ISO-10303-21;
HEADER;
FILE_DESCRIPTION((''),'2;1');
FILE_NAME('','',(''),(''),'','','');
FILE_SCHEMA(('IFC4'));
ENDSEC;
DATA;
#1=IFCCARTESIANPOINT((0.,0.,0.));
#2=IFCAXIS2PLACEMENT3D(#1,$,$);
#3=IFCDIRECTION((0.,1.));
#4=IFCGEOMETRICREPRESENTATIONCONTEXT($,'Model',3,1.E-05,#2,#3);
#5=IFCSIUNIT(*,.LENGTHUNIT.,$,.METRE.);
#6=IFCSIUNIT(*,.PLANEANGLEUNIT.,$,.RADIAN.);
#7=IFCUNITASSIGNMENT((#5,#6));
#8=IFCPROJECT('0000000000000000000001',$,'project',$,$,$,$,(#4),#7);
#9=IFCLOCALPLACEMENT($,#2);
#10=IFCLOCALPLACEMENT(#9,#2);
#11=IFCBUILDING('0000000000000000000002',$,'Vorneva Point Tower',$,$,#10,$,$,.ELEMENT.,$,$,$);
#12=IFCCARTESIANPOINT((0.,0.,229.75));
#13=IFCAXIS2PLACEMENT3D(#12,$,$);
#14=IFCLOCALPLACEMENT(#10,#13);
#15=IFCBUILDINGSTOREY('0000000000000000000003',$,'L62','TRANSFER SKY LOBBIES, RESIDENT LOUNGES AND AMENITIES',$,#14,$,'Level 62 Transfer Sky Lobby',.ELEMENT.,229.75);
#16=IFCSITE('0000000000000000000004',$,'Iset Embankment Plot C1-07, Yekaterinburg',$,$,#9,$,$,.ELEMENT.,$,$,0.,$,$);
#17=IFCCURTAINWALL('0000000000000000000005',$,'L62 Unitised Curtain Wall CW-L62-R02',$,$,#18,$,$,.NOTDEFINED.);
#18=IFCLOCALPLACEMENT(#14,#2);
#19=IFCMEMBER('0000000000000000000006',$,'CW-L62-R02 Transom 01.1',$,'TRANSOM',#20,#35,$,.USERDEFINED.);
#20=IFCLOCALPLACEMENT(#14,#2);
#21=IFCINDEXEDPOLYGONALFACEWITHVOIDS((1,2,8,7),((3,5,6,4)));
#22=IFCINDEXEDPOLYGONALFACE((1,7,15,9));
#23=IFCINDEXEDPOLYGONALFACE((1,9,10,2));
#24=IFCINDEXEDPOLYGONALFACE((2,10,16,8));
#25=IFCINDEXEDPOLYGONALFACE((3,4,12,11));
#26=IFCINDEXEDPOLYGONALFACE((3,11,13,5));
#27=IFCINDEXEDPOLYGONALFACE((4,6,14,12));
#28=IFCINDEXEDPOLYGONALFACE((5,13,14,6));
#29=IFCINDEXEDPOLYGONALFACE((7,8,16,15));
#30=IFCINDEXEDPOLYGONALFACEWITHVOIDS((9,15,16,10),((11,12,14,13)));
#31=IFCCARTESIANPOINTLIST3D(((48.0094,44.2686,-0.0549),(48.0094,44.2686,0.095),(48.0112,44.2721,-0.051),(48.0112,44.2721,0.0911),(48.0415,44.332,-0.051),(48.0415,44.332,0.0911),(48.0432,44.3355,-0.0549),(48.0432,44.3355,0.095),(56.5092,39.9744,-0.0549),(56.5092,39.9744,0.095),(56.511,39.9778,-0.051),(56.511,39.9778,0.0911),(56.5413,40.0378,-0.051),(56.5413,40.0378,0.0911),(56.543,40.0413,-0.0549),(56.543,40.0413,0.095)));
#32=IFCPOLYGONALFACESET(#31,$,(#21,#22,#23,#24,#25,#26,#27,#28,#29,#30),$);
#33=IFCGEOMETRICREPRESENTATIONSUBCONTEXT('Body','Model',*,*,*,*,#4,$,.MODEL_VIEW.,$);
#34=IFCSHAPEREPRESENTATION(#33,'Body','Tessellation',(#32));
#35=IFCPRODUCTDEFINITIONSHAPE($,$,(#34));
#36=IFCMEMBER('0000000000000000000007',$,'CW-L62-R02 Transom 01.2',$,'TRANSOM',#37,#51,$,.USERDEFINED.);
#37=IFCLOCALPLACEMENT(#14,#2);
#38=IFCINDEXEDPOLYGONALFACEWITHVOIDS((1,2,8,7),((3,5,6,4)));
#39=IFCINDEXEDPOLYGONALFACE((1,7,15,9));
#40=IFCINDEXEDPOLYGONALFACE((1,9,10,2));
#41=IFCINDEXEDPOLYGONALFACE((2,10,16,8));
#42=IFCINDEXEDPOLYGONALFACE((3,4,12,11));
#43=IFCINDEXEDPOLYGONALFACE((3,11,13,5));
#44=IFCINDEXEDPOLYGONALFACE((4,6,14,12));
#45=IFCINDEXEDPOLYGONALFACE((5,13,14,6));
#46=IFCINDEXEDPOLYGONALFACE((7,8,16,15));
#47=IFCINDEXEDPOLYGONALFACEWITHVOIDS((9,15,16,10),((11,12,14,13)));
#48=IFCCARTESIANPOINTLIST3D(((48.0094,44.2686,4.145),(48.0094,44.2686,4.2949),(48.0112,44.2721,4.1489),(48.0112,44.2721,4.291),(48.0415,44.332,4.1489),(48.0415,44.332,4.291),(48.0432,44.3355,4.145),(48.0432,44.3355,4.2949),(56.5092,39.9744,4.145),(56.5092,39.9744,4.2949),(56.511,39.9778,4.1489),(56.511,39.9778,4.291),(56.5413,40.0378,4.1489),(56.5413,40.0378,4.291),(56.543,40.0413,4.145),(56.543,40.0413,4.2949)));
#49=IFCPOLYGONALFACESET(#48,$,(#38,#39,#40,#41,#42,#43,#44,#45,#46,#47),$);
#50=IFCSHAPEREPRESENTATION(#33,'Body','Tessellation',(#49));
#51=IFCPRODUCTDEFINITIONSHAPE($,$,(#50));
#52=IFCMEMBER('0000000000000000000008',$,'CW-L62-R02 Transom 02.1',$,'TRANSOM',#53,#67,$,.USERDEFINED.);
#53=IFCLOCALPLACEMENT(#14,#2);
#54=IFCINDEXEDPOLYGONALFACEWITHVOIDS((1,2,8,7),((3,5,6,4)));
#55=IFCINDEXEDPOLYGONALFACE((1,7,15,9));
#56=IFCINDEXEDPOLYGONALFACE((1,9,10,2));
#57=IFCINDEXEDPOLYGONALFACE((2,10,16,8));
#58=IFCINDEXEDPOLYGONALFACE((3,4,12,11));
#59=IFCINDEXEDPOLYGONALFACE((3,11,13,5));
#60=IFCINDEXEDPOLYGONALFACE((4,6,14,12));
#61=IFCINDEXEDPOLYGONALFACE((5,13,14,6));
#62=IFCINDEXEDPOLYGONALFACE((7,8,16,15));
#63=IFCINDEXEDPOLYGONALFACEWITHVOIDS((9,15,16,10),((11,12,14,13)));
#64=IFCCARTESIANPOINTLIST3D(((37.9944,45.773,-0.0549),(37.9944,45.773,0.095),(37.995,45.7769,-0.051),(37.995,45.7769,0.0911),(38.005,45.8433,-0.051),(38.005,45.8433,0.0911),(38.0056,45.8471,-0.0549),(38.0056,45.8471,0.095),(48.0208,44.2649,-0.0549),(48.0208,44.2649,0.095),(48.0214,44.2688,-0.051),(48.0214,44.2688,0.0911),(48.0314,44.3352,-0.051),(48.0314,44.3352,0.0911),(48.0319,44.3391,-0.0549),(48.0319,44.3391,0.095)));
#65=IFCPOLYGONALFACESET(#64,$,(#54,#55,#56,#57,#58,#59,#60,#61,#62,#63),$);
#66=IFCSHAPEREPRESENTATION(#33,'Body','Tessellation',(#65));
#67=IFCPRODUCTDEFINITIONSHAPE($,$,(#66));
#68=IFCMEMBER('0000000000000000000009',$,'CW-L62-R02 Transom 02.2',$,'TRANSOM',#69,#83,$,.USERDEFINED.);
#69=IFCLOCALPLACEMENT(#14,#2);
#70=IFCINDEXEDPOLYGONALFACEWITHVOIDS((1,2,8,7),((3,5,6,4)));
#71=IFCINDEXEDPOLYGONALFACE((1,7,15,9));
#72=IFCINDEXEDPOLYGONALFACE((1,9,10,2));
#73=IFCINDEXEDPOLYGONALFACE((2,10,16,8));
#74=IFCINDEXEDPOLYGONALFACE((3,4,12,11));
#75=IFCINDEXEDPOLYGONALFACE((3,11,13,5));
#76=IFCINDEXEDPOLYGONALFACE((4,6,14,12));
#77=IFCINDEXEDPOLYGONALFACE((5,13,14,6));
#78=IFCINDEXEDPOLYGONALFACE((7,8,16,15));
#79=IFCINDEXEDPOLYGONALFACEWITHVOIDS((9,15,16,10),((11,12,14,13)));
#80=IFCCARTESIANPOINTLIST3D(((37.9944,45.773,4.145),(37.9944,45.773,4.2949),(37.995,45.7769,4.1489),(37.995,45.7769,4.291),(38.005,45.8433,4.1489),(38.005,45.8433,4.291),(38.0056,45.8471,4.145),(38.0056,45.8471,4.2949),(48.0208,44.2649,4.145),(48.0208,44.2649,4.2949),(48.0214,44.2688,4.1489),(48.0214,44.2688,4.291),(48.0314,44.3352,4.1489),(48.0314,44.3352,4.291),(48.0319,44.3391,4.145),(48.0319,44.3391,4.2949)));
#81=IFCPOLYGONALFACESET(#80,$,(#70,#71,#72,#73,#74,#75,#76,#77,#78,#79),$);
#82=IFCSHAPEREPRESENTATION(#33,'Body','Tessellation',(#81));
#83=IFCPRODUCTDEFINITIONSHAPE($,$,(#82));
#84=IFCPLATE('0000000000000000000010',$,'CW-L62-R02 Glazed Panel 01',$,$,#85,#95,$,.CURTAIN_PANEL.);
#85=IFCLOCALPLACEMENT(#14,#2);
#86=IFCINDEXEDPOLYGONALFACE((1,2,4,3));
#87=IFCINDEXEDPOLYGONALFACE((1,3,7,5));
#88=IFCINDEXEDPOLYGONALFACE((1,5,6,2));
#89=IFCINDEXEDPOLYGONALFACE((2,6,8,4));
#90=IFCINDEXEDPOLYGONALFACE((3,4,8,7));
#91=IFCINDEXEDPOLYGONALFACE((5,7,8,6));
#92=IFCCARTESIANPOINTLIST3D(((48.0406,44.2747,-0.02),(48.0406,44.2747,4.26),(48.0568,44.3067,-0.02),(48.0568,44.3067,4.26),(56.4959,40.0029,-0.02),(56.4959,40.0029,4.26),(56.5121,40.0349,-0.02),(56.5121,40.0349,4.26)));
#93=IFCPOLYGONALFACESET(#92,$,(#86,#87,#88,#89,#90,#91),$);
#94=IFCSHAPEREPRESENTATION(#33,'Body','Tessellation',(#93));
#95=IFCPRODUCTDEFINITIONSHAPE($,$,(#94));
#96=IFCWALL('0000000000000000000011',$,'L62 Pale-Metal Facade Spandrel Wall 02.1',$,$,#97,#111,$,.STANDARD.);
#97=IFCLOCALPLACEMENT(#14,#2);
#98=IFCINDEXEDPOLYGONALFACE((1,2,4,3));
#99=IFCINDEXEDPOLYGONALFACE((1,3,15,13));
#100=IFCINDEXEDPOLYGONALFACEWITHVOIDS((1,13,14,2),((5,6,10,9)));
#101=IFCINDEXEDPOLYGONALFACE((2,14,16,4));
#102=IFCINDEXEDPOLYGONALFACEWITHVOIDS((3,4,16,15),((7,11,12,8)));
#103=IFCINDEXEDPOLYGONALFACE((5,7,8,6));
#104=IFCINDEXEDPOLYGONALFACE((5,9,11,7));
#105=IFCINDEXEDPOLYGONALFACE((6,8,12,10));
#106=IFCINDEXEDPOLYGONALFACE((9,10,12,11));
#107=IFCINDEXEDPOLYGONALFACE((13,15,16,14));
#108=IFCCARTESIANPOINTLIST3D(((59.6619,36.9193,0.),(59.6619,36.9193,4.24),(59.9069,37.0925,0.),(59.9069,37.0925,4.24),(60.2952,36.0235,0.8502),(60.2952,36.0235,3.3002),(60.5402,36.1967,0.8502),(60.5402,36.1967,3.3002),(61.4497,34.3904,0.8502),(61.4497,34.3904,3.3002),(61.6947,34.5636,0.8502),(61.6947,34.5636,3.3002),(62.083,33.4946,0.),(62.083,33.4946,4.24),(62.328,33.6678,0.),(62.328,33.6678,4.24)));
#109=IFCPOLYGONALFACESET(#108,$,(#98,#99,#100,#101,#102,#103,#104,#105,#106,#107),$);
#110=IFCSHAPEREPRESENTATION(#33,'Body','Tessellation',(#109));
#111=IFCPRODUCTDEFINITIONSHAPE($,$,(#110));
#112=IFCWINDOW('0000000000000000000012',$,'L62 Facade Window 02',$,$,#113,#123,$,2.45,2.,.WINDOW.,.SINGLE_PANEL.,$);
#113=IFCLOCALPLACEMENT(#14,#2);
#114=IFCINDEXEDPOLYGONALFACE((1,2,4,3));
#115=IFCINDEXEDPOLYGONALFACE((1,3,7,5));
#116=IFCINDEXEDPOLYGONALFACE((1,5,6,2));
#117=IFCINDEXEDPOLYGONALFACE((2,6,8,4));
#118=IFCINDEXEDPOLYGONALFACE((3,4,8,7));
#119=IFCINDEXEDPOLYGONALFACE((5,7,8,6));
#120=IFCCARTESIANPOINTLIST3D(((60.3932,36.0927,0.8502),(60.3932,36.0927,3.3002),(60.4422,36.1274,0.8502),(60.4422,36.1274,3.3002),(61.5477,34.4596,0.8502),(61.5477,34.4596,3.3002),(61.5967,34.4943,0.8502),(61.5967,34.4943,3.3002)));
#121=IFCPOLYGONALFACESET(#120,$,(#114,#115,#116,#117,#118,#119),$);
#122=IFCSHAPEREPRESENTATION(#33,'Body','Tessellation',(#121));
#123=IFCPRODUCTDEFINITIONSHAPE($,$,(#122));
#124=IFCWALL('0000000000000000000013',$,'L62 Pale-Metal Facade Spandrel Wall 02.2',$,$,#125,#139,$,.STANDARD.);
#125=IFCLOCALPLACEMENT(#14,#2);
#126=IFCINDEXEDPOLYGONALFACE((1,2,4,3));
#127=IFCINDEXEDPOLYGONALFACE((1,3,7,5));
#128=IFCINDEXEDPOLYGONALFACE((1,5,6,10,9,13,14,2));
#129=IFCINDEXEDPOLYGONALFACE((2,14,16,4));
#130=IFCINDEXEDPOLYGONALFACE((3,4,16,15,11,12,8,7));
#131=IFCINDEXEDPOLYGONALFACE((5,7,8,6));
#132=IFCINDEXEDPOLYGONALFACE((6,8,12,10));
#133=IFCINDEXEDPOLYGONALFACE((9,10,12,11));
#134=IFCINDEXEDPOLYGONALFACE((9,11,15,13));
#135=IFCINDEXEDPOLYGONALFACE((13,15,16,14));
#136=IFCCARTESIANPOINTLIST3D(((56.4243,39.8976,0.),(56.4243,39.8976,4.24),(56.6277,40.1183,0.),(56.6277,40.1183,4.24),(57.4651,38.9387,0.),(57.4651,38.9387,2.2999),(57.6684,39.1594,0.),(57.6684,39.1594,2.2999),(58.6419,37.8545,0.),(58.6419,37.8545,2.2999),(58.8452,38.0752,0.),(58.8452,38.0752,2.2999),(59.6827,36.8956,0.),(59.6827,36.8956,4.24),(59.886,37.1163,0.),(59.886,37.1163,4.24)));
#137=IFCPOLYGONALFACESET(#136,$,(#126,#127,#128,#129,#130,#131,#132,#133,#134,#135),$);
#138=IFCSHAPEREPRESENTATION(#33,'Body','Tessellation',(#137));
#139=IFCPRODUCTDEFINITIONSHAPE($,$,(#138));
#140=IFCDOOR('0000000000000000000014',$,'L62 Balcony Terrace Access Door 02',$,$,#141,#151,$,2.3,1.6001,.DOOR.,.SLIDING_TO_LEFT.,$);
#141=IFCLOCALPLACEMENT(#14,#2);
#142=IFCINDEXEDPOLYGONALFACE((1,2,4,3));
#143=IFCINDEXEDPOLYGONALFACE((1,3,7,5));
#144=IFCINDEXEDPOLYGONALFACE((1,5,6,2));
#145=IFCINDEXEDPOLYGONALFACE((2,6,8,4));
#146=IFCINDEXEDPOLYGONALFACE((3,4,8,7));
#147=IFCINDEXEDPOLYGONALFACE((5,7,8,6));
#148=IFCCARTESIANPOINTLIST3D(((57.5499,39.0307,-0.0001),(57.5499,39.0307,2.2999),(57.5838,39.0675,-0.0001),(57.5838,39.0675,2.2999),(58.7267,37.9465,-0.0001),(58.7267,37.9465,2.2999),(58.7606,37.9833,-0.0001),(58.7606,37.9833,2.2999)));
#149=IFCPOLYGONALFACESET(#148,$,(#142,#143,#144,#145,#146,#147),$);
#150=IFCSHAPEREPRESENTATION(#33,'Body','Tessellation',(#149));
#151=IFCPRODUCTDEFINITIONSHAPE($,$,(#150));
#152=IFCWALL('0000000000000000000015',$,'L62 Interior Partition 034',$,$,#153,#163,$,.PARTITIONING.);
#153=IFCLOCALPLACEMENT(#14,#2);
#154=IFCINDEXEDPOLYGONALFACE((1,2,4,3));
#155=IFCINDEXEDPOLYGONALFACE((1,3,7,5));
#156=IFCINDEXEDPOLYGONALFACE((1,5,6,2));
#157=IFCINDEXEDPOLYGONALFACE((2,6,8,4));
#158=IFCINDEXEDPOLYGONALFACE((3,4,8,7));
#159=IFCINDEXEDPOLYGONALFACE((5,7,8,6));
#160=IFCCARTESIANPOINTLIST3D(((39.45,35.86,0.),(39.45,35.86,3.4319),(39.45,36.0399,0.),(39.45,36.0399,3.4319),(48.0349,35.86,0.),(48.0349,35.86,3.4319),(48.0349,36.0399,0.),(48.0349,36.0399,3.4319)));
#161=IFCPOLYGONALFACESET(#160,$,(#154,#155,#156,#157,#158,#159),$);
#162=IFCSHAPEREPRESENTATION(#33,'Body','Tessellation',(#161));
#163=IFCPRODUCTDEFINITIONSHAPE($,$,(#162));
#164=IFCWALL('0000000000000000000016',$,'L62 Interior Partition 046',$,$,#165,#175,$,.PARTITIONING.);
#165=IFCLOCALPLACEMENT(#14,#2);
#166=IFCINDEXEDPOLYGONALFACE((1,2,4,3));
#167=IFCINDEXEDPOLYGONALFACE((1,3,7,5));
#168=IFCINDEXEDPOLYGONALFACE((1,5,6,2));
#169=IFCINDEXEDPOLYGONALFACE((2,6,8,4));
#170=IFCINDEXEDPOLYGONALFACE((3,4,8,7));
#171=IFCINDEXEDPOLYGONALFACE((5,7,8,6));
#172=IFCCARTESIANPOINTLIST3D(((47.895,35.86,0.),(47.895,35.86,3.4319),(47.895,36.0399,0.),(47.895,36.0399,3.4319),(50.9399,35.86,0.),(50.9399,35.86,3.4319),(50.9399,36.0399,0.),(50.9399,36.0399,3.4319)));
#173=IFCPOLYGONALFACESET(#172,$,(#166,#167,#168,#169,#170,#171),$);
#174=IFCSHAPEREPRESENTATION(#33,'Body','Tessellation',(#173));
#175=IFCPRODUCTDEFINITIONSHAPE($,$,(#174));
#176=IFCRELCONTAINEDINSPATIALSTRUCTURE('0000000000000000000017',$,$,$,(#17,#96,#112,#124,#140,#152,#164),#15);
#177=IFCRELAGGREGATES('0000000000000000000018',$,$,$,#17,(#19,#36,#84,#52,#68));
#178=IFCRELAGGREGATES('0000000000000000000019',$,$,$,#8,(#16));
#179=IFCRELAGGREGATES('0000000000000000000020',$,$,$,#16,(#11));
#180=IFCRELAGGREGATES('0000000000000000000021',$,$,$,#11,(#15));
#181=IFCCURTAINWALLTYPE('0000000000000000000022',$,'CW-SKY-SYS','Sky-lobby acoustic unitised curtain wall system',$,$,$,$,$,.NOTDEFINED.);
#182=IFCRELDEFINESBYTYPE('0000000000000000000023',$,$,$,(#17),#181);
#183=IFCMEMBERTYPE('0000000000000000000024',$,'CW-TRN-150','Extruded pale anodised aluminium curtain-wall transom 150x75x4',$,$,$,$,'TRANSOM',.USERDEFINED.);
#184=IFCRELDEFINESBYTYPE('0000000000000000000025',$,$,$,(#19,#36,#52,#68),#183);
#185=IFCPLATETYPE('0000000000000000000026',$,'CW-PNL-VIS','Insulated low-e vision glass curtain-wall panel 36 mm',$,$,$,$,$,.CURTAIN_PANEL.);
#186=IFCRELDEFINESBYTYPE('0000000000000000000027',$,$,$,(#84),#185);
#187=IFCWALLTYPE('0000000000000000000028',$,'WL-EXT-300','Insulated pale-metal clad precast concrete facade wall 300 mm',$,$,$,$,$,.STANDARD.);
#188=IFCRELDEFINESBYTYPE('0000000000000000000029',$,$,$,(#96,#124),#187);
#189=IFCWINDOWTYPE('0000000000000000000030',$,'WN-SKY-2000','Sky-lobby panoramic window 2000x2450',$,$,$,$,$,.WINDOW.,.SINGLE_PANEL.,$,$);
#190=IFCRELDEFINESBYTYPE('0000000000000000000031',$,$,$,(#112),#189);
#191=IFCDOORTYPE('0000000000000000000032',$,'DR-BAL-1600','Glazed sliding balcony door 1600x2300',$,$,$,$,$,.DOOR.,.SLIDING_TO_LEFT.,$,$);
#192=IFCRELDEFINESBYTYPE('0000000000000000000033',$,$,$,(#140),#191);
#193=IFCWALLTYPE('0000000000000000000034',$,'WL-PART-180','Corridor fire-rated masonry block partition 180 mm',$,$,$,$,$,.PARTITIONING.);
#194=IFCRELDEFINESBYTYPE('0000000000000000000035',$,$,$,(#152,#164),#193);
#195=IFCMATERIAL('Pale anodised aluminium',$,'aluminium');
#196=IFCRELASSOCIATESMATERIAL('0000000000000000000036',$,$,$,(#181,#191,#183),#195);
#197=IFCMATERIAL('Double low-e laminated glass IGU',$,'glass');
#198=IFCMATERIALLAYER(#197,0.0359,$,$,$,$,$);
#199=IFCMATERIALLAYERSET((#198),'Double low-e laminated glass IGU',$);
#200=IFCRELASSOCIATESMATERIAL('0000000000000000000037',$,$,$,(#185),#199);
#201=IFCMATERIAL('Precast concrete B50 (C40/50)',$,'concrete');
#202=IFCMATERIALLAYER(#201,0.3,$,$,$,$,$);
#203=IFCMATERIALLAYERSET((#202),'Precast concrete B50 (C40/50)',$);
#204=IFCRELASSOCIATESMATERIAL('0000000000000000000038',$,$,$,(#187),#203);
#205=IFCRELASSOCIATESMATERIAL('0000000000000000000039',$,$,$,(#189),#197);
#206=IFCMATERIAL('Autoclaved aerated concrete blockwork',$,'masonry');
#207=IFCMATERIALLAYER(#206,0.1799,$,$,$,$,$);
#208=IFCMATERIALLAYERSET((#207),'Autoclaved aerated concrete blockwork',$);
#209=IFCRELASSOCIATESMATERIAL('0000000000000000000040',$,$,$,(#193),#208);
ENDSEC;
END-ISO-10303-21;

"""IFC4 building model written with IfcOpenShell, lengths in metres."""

from ifc_helpers import new_model, si_unit, direction, frame, frame_2d, origin, origin_2d, place, context, subcontext, project, spatial, rectangle, hollow_rectangle, extrude, material, layer, layer_set, material_profile, profile_set, type_object, element, fill, aggregate, save


model = new_model("IFC4")

# Units and contexts
model_context = context("Model", 3, precision=1e-05, world=origin(), true_north=direction((0.0, 1.0)))
body_context = subcontext(model_context, "Body", "Model", "MODEL_VIEW")
ifc_project = project(units=[si_unit("LENGTHUNIT", "METRE"), si_unit("PLANEANGLEUNIT", "RADIAN")], contexts=[model_context])

# Site, building, storey
site_placement = place(None, origin())
site = spatial("IfcSite", under=ifc_project, at=site_placement, Name="Iset Embankment Plot C1-07, Yekaterinburg", CompositionType="ELEMENT", RefElevation=0.0)
building_placement = place(site_placement, origin())
building = spatial("IfcBuilding", under=site, at=building_placement, Name="Vorneva Point Tower", CompositionType="ELEMENT")
storey_placement = place(building_placement, frame((0.0, 0.0, 229.75)))
storey = spatial("IfcBuildingStorey", under=building, at=storey_placement, Name="L62", Description="TRANSFER SKY LOBBIES, RESIDENT LOUNGES AND AMENITIES", LongName="Level 62 Transfer Sky Lobby", CompositionType="ELEMENT", Elevation=229.75)

# Shared definitions
ifc_material_1 = material(Name="Pale anodised aluminium", Category="aluminium")
curtain_wall_type = type_object("IfcCurtainWallType", Name="CW-SKY-SYS", Description="Sky-lobby acoustic unitised curtain wall system", PredefinedType="NOTDEFINED", material=ifc_material_1)

# Curtain wall, members, plate
curtain_wall_1_placement = place(storey_placement, origin())
curtain_wall_1 = element("IfcCurtainWall", 1, at=curtain_wall_1_placement, inside=storey, type_object=curtain_wall_type, Name="L62 Unitised Curtain Wall CW-L62-R02", PredefinedType="NOTDEFINED")
ifc_material_profile_1 = material_profile(ifc_material_1, hollow_rectangle(XDim=0.075, YDim=0.1499, WallThickness=0.0039, at=origin_2d()), Name="AL-TRN 150x75x4")
ifc_profile_set_1 = profile_set([ifc_material_profile_1], Name="Pale anodised aluminium")
member_type_1 = type_object("IfcMemberType", Name="CW-TRN-150", Description="Extruded pale anodised aluminium curtain-wall transom 150x75x4", ElementType="TRANSOM", PredefinedType="USERDEFINED", material=ifc_profile_set_1)
member_1_placement = place(storey_placement, frame((56.5261, 40.0078, 0.02), z_axis=(-0.892558, 0.450932, 0.0), x_axis=(-0.450932, -0.892558, 0.0)))
member_1 = element("IfcMember", 2, at=member_1_placement, type_object=member_type_1, Name="CW-L62-R02 Transom 01.1", ObjectType="TRANSOM", PredefinedType="USERDEFINED", context=body_context, shape_type="SweptSolid", body=[
    extrude(hollow_rectangle(XDim=0.075, YDim=0.1499, WallThickness=0.0039, at=origin_2d()), origin(), (0.0, 0.0, 1.0), 9.5229),
])
member_2_placement = place(storey_placement, frame((56.5261, 40.0078, 4.22), z_axis=(-0.892558, 0.450932, 0.0), x_axis=(-0.450932, -0.892558, 0.0)))
member_2 = element("IfcMember", 3, at=member_2_placement, type_object=member_type_1, Name="CW-L62-R02 Transom 01.2", ObjectType="TRANSOM", PredefinedType="USERDEFINED", context=body_context, shape_type="SweptSolid", body=[
    extrude(hollow_rectangle(XDim=0.075, YDim=0.1499, WallThickness=0.0039, at=origin_2d()), origin(), (0.0, 0.0, 1.0), 9.5229),
])
member_3_placement = place(storey_placement, frame((48.0264, 44.302, 0.02), z_axis=(-0.988877, 0.148736, 0.0), x_axis=(-0.148736, -0.988877, 0.0)))
member_3 = element("IfcMember", 4, at=member_3_placement, type_object=member_type_1, Name="CW-L62-R02 Transom 02.1", ObjectType="TRANSOM", PredefinedType="USERDEFINED", context=body_context, shape_type="SweptSolid", body=[
    extrude(hollow_rectangle(XDim=0.075, YDim=0.1499, WallThickness=0.0039, at=origin_2d()), origin(), (0.0, 0.0, 1.0), 10.1392),
])
member_4_placement = place(storey_placement, frame((48.0264, 44.302, 4.22), z_axis=(-0.988877, 0.148736, 0.0), x_axis=(-0.148736, -0.988877, 0.0)))
member_4 = element("IfcMember", 5, at=member_4_placement, type_object=member_type_1, Name="CW-L62-R02 Transom 02.2", ObjectType="TRANSOM", PredefinedType="USERDEFINED", context=body_context, shape_type="SweptSolid", body=[
    extrude(hollow_rectangle(XDim=0.075, YDim=0.1499, WallThickness=0.0039, at=origin_2d()), origin(), (0.0, 0.0, 1.0), 10.1392),
])
ifc_material_2 = material(Name="Double low-e laminated glass IGU", Category="glass")
ifc_layer_1 = layer(ifc_material_2, 0.0359)
ifc_layer_set_1 = layer_set([ifc_layer_1], Name="Double low-e laminated glass IGU")
plate_type = type_object("IfcPlateType", Name="CW-PNL-VIS", Description="Insulated low-e vision glass curtain-wall panel 36 mm", PredefinedType="CURTAIN_PANEL", material=ifc_layer_set_1)
plate_placement = place(storey_placement, frame((52.2764, 42.1548, -0.02), z_axis=(0.0, 0.0, 1.0), x_axis=(-0.892554, 0.45094, 0.0)))
plate = element("IfcPlate", 6, at=plate_placement, type_object=plate_type, Name="CW-L62-R02 Glazed Panel 01", PredefinedType="CURTAIN_PANEL", context=body_context, shape_type="SweptSolid", body=[
    extrude(rectangle(XDim=9.4731, YDim=0.0359, at=origin_2d()), origin(), (0.0, 0.0, 1.0), 4.28),
])
aggregate(curtain_wall_1, [member_1, member_2, plate, member_3, member_4])

# Wall, opening, window
ifc_material_3 = material(Name="Precast concrete B50 (C40/50)", Category="concrete")
ifc_layer_2 = layer(ifc_material_3, 0.3)
ifc_layer_set_2 = layer_set([ifc_layer_2], Name="Precast concrete B50 (C40/50)")
wall_type_1 = type_object("IfcWallType", Name="WL-EXT-300", Description="Insulated pale-metal clad precast concrete facade wall 300 mm", PredefinedType="STANDARD", material=ifc_layer_set_2)
wall_1_placement = place(storey_placement, frame((62.2056, 33.5811, 0.0), z_axis=(0.0, 0.0, 1.0), x_axis=(-0.577261, 0.81656, 0.0)))
wall_1 = element("IfcWall", 7, at=wall_1_placement, inside=storey, type_object=wall_type_1, Name="L62 Pale-Metal Facade Spandrel Wall 02.1", PredefinedType="STANDARD", context=body_context, shape_type="SweptSolid", body=[
    extrude(rectangle(XDim=4.1941, YDim=0.3, at=frame_2d((2.0972, 0.0))), origin(), (0.0, 0.0, 1.0), 4.24),
])
opening_1_placement = place(wall_1_placement, frame((1.0972, 0.0, 0.8501)))
opening_1 = element("IfcOpeningElement", 8, at=opening_1_placement, cuts=wall_1, PredefinedType="OPENING", context=body_context, shape_type="SweptSolid", body=[
    extrude(rectangle(XDim=2.0, YDim=2.45, at=frame_2d((1.0, 1.2251))), frame((0.0, 0.165, 0.0), z_axis=(0.0, -1.0, 0.0), x_axis=(1.0, 0.0, 0.0)), (0.0, 0.0, 1.0), 0.3298),
])
window_type = type_object("IfcWindowType", Name="WN-SKY-2000", Description="Sky-lobby panoramic window 2000x2450", PartitioningType="SINGLE_PANEL", PredefinedType="WINDOW", material=ifc_material_2)
window_placement = place(opening_1_placement, origin())
window = element("IfcWindow", 9, at=window_placement, inside=storey, type_object=window_type, Name="L62 Facade Window 02", OverallHeight=2.45, OverallWidth=2.0, PartitioningType="SINGLE_PANEL", PredefinedType="WINDOW", context=body_context, shape_type="SweptSolid", body=[
    extrude(rectangle(XDim=2.0, YDim=2.45, at=frame_2d((1.0, 1.2251))), frame((0.0, 0.03, 0.0), z_axis=(0.0, -1.0, 0.0), x_axis=(1.0, 0.0, 0.0)), (0.0, 0.0, 1.0), 0.0601),
])
fill(opening_1, window)

# Wall, opening, door
wall_2_placement = place(storey_placement, frame((59.7844, 37.0059, 0.0), z_axis=(0.0, 0.0, 1.0), x_axis=(-0.735445, 0.677584, 0.0)))
wall_2 = element("IfcWall", 10, at=wall_2_placement, inside=storey, type_object=wall_type_1, Name="L62 Pale-Metal Facade Spandrel Wall 02.2", PredefinedType="STANDARD", context=body_context, shape_type="SweptSolid", body=[
    extrude(rectangle(XDim=4.4304, YDim=0.3, at=frame_2d((2.2153, 0.0))), origin(), (0.0, 0.0, 1.0), 4.24),
])
opening_2_placement = place(wall_2_placement, frame((1.4153, 0.0, 0.0)))
opening_2 = element("IfcOpeningElement", 11, at=opening_2_placement, cuts=wall_2, PredefinedType="OPENING", context=body_context, shape_type="SweptSolid", body=[
    extrude(rectangle(XDim=1.6001, YDim=2.3, at=frame_2d((0.8, 1.1499))), frame((0.0, 0.165, 0.0), z_axis=(0.0, -1.0, 0.0), x_axis=(1.0, 0.0, 0.0)), (0.0, 0.0, 1.0), 0.3298),
])
door_type = type_object("IfcDoorType", Name="DR-BAL-1600", Description="Glazed sliding balcony door 1600x2300", OperationType="SLIDING_TO_LEFT", PredefinedType="DOOR", material=ifc_material_1)
door_placement = place(opening_2_placement, origin())
door = element("IfcDoor", 12, at=door_placement, inside=storey, type_object=door_type, Name="L62 Balcony Terrace Access Door 02", OperationType="SLIDING_TO_LEFT", OverallHeight=2.3, OverallWidth=1.6001, PredefinedType="DOOR", context=body_context, shape_type="SweptSolid", body=[
    extrude(rectangle(XDim=1.6001, YDim=2.3, at=frame_2d((0.8, 1.1499))), frame((0.0, 0.0249, 0.0), z_axis=(0.0, -1.0, 0.0), x_axis=(1.0, 0.0, 0.0)), (0.0, 0.0, 1.0), 0.05),
])
fill(opening_2, door)

# Walls
ifc_material_4 = material(Name="Autoclaved aerated concrete blockwork", Category="masonry")
ifc_layer_3 = layer(ifc_material_4, 0.1799)
ifc_layer_set_3 = layer_set([ifc_layer_3], Name="Autoclaved aerated concrete blockwork")
wall_type_2 = type_object("IfcWallType", Name="WL-PART-180", Description="Corridor fire-rated masonry block partition 180 mm", PredefinedType="PARTITIONING", material=ifc_layer_set_3)
wall_3_placement = place(storey_placement, frame((48.0349, 35.95, 0.0), z_axis=(0.0, 0.0, 1.0), x_axis=(-1.0, 0.0, 0.0)))
element("IfcWall", 13, at=wall_3_placement, inside=storey, type_object=wall_type_2, Name="L62 Interior Partition 034", PredefinedType="PARTITIONING", context=body_context, shape_type="SweptSolid", body=[
    extrude(rectangle(XDim=8.585, YDim=0.1799, at=frame_2d((4.2925, 0.0))), origin(), (0.0, 0.0, 1.0), 3.4319),
])
wall_4_placement = place(storey_placement, frame((50.9399, 35.95, 0.0), z_axis=(0.0, 0.0, 1.0), x_axis=(-1.0, 0.0, 0.0)))
element("IfcWall", 14, at=wall_4_placement, inside=storey, type_object=wall_type_2, Name="L62 Interior Partition 046", PredefinedType="PARTITIONING", context=body_context, shape_type="SweptSolid", body=[
    extrude(rectangle(XDim=3.0449, YDim=0.1799, at=frame_2d((1.5225, 0.0))), origin(), (0.0, 0.0, 1.0), 3.4319),
])

save(model, "model.ifc")
